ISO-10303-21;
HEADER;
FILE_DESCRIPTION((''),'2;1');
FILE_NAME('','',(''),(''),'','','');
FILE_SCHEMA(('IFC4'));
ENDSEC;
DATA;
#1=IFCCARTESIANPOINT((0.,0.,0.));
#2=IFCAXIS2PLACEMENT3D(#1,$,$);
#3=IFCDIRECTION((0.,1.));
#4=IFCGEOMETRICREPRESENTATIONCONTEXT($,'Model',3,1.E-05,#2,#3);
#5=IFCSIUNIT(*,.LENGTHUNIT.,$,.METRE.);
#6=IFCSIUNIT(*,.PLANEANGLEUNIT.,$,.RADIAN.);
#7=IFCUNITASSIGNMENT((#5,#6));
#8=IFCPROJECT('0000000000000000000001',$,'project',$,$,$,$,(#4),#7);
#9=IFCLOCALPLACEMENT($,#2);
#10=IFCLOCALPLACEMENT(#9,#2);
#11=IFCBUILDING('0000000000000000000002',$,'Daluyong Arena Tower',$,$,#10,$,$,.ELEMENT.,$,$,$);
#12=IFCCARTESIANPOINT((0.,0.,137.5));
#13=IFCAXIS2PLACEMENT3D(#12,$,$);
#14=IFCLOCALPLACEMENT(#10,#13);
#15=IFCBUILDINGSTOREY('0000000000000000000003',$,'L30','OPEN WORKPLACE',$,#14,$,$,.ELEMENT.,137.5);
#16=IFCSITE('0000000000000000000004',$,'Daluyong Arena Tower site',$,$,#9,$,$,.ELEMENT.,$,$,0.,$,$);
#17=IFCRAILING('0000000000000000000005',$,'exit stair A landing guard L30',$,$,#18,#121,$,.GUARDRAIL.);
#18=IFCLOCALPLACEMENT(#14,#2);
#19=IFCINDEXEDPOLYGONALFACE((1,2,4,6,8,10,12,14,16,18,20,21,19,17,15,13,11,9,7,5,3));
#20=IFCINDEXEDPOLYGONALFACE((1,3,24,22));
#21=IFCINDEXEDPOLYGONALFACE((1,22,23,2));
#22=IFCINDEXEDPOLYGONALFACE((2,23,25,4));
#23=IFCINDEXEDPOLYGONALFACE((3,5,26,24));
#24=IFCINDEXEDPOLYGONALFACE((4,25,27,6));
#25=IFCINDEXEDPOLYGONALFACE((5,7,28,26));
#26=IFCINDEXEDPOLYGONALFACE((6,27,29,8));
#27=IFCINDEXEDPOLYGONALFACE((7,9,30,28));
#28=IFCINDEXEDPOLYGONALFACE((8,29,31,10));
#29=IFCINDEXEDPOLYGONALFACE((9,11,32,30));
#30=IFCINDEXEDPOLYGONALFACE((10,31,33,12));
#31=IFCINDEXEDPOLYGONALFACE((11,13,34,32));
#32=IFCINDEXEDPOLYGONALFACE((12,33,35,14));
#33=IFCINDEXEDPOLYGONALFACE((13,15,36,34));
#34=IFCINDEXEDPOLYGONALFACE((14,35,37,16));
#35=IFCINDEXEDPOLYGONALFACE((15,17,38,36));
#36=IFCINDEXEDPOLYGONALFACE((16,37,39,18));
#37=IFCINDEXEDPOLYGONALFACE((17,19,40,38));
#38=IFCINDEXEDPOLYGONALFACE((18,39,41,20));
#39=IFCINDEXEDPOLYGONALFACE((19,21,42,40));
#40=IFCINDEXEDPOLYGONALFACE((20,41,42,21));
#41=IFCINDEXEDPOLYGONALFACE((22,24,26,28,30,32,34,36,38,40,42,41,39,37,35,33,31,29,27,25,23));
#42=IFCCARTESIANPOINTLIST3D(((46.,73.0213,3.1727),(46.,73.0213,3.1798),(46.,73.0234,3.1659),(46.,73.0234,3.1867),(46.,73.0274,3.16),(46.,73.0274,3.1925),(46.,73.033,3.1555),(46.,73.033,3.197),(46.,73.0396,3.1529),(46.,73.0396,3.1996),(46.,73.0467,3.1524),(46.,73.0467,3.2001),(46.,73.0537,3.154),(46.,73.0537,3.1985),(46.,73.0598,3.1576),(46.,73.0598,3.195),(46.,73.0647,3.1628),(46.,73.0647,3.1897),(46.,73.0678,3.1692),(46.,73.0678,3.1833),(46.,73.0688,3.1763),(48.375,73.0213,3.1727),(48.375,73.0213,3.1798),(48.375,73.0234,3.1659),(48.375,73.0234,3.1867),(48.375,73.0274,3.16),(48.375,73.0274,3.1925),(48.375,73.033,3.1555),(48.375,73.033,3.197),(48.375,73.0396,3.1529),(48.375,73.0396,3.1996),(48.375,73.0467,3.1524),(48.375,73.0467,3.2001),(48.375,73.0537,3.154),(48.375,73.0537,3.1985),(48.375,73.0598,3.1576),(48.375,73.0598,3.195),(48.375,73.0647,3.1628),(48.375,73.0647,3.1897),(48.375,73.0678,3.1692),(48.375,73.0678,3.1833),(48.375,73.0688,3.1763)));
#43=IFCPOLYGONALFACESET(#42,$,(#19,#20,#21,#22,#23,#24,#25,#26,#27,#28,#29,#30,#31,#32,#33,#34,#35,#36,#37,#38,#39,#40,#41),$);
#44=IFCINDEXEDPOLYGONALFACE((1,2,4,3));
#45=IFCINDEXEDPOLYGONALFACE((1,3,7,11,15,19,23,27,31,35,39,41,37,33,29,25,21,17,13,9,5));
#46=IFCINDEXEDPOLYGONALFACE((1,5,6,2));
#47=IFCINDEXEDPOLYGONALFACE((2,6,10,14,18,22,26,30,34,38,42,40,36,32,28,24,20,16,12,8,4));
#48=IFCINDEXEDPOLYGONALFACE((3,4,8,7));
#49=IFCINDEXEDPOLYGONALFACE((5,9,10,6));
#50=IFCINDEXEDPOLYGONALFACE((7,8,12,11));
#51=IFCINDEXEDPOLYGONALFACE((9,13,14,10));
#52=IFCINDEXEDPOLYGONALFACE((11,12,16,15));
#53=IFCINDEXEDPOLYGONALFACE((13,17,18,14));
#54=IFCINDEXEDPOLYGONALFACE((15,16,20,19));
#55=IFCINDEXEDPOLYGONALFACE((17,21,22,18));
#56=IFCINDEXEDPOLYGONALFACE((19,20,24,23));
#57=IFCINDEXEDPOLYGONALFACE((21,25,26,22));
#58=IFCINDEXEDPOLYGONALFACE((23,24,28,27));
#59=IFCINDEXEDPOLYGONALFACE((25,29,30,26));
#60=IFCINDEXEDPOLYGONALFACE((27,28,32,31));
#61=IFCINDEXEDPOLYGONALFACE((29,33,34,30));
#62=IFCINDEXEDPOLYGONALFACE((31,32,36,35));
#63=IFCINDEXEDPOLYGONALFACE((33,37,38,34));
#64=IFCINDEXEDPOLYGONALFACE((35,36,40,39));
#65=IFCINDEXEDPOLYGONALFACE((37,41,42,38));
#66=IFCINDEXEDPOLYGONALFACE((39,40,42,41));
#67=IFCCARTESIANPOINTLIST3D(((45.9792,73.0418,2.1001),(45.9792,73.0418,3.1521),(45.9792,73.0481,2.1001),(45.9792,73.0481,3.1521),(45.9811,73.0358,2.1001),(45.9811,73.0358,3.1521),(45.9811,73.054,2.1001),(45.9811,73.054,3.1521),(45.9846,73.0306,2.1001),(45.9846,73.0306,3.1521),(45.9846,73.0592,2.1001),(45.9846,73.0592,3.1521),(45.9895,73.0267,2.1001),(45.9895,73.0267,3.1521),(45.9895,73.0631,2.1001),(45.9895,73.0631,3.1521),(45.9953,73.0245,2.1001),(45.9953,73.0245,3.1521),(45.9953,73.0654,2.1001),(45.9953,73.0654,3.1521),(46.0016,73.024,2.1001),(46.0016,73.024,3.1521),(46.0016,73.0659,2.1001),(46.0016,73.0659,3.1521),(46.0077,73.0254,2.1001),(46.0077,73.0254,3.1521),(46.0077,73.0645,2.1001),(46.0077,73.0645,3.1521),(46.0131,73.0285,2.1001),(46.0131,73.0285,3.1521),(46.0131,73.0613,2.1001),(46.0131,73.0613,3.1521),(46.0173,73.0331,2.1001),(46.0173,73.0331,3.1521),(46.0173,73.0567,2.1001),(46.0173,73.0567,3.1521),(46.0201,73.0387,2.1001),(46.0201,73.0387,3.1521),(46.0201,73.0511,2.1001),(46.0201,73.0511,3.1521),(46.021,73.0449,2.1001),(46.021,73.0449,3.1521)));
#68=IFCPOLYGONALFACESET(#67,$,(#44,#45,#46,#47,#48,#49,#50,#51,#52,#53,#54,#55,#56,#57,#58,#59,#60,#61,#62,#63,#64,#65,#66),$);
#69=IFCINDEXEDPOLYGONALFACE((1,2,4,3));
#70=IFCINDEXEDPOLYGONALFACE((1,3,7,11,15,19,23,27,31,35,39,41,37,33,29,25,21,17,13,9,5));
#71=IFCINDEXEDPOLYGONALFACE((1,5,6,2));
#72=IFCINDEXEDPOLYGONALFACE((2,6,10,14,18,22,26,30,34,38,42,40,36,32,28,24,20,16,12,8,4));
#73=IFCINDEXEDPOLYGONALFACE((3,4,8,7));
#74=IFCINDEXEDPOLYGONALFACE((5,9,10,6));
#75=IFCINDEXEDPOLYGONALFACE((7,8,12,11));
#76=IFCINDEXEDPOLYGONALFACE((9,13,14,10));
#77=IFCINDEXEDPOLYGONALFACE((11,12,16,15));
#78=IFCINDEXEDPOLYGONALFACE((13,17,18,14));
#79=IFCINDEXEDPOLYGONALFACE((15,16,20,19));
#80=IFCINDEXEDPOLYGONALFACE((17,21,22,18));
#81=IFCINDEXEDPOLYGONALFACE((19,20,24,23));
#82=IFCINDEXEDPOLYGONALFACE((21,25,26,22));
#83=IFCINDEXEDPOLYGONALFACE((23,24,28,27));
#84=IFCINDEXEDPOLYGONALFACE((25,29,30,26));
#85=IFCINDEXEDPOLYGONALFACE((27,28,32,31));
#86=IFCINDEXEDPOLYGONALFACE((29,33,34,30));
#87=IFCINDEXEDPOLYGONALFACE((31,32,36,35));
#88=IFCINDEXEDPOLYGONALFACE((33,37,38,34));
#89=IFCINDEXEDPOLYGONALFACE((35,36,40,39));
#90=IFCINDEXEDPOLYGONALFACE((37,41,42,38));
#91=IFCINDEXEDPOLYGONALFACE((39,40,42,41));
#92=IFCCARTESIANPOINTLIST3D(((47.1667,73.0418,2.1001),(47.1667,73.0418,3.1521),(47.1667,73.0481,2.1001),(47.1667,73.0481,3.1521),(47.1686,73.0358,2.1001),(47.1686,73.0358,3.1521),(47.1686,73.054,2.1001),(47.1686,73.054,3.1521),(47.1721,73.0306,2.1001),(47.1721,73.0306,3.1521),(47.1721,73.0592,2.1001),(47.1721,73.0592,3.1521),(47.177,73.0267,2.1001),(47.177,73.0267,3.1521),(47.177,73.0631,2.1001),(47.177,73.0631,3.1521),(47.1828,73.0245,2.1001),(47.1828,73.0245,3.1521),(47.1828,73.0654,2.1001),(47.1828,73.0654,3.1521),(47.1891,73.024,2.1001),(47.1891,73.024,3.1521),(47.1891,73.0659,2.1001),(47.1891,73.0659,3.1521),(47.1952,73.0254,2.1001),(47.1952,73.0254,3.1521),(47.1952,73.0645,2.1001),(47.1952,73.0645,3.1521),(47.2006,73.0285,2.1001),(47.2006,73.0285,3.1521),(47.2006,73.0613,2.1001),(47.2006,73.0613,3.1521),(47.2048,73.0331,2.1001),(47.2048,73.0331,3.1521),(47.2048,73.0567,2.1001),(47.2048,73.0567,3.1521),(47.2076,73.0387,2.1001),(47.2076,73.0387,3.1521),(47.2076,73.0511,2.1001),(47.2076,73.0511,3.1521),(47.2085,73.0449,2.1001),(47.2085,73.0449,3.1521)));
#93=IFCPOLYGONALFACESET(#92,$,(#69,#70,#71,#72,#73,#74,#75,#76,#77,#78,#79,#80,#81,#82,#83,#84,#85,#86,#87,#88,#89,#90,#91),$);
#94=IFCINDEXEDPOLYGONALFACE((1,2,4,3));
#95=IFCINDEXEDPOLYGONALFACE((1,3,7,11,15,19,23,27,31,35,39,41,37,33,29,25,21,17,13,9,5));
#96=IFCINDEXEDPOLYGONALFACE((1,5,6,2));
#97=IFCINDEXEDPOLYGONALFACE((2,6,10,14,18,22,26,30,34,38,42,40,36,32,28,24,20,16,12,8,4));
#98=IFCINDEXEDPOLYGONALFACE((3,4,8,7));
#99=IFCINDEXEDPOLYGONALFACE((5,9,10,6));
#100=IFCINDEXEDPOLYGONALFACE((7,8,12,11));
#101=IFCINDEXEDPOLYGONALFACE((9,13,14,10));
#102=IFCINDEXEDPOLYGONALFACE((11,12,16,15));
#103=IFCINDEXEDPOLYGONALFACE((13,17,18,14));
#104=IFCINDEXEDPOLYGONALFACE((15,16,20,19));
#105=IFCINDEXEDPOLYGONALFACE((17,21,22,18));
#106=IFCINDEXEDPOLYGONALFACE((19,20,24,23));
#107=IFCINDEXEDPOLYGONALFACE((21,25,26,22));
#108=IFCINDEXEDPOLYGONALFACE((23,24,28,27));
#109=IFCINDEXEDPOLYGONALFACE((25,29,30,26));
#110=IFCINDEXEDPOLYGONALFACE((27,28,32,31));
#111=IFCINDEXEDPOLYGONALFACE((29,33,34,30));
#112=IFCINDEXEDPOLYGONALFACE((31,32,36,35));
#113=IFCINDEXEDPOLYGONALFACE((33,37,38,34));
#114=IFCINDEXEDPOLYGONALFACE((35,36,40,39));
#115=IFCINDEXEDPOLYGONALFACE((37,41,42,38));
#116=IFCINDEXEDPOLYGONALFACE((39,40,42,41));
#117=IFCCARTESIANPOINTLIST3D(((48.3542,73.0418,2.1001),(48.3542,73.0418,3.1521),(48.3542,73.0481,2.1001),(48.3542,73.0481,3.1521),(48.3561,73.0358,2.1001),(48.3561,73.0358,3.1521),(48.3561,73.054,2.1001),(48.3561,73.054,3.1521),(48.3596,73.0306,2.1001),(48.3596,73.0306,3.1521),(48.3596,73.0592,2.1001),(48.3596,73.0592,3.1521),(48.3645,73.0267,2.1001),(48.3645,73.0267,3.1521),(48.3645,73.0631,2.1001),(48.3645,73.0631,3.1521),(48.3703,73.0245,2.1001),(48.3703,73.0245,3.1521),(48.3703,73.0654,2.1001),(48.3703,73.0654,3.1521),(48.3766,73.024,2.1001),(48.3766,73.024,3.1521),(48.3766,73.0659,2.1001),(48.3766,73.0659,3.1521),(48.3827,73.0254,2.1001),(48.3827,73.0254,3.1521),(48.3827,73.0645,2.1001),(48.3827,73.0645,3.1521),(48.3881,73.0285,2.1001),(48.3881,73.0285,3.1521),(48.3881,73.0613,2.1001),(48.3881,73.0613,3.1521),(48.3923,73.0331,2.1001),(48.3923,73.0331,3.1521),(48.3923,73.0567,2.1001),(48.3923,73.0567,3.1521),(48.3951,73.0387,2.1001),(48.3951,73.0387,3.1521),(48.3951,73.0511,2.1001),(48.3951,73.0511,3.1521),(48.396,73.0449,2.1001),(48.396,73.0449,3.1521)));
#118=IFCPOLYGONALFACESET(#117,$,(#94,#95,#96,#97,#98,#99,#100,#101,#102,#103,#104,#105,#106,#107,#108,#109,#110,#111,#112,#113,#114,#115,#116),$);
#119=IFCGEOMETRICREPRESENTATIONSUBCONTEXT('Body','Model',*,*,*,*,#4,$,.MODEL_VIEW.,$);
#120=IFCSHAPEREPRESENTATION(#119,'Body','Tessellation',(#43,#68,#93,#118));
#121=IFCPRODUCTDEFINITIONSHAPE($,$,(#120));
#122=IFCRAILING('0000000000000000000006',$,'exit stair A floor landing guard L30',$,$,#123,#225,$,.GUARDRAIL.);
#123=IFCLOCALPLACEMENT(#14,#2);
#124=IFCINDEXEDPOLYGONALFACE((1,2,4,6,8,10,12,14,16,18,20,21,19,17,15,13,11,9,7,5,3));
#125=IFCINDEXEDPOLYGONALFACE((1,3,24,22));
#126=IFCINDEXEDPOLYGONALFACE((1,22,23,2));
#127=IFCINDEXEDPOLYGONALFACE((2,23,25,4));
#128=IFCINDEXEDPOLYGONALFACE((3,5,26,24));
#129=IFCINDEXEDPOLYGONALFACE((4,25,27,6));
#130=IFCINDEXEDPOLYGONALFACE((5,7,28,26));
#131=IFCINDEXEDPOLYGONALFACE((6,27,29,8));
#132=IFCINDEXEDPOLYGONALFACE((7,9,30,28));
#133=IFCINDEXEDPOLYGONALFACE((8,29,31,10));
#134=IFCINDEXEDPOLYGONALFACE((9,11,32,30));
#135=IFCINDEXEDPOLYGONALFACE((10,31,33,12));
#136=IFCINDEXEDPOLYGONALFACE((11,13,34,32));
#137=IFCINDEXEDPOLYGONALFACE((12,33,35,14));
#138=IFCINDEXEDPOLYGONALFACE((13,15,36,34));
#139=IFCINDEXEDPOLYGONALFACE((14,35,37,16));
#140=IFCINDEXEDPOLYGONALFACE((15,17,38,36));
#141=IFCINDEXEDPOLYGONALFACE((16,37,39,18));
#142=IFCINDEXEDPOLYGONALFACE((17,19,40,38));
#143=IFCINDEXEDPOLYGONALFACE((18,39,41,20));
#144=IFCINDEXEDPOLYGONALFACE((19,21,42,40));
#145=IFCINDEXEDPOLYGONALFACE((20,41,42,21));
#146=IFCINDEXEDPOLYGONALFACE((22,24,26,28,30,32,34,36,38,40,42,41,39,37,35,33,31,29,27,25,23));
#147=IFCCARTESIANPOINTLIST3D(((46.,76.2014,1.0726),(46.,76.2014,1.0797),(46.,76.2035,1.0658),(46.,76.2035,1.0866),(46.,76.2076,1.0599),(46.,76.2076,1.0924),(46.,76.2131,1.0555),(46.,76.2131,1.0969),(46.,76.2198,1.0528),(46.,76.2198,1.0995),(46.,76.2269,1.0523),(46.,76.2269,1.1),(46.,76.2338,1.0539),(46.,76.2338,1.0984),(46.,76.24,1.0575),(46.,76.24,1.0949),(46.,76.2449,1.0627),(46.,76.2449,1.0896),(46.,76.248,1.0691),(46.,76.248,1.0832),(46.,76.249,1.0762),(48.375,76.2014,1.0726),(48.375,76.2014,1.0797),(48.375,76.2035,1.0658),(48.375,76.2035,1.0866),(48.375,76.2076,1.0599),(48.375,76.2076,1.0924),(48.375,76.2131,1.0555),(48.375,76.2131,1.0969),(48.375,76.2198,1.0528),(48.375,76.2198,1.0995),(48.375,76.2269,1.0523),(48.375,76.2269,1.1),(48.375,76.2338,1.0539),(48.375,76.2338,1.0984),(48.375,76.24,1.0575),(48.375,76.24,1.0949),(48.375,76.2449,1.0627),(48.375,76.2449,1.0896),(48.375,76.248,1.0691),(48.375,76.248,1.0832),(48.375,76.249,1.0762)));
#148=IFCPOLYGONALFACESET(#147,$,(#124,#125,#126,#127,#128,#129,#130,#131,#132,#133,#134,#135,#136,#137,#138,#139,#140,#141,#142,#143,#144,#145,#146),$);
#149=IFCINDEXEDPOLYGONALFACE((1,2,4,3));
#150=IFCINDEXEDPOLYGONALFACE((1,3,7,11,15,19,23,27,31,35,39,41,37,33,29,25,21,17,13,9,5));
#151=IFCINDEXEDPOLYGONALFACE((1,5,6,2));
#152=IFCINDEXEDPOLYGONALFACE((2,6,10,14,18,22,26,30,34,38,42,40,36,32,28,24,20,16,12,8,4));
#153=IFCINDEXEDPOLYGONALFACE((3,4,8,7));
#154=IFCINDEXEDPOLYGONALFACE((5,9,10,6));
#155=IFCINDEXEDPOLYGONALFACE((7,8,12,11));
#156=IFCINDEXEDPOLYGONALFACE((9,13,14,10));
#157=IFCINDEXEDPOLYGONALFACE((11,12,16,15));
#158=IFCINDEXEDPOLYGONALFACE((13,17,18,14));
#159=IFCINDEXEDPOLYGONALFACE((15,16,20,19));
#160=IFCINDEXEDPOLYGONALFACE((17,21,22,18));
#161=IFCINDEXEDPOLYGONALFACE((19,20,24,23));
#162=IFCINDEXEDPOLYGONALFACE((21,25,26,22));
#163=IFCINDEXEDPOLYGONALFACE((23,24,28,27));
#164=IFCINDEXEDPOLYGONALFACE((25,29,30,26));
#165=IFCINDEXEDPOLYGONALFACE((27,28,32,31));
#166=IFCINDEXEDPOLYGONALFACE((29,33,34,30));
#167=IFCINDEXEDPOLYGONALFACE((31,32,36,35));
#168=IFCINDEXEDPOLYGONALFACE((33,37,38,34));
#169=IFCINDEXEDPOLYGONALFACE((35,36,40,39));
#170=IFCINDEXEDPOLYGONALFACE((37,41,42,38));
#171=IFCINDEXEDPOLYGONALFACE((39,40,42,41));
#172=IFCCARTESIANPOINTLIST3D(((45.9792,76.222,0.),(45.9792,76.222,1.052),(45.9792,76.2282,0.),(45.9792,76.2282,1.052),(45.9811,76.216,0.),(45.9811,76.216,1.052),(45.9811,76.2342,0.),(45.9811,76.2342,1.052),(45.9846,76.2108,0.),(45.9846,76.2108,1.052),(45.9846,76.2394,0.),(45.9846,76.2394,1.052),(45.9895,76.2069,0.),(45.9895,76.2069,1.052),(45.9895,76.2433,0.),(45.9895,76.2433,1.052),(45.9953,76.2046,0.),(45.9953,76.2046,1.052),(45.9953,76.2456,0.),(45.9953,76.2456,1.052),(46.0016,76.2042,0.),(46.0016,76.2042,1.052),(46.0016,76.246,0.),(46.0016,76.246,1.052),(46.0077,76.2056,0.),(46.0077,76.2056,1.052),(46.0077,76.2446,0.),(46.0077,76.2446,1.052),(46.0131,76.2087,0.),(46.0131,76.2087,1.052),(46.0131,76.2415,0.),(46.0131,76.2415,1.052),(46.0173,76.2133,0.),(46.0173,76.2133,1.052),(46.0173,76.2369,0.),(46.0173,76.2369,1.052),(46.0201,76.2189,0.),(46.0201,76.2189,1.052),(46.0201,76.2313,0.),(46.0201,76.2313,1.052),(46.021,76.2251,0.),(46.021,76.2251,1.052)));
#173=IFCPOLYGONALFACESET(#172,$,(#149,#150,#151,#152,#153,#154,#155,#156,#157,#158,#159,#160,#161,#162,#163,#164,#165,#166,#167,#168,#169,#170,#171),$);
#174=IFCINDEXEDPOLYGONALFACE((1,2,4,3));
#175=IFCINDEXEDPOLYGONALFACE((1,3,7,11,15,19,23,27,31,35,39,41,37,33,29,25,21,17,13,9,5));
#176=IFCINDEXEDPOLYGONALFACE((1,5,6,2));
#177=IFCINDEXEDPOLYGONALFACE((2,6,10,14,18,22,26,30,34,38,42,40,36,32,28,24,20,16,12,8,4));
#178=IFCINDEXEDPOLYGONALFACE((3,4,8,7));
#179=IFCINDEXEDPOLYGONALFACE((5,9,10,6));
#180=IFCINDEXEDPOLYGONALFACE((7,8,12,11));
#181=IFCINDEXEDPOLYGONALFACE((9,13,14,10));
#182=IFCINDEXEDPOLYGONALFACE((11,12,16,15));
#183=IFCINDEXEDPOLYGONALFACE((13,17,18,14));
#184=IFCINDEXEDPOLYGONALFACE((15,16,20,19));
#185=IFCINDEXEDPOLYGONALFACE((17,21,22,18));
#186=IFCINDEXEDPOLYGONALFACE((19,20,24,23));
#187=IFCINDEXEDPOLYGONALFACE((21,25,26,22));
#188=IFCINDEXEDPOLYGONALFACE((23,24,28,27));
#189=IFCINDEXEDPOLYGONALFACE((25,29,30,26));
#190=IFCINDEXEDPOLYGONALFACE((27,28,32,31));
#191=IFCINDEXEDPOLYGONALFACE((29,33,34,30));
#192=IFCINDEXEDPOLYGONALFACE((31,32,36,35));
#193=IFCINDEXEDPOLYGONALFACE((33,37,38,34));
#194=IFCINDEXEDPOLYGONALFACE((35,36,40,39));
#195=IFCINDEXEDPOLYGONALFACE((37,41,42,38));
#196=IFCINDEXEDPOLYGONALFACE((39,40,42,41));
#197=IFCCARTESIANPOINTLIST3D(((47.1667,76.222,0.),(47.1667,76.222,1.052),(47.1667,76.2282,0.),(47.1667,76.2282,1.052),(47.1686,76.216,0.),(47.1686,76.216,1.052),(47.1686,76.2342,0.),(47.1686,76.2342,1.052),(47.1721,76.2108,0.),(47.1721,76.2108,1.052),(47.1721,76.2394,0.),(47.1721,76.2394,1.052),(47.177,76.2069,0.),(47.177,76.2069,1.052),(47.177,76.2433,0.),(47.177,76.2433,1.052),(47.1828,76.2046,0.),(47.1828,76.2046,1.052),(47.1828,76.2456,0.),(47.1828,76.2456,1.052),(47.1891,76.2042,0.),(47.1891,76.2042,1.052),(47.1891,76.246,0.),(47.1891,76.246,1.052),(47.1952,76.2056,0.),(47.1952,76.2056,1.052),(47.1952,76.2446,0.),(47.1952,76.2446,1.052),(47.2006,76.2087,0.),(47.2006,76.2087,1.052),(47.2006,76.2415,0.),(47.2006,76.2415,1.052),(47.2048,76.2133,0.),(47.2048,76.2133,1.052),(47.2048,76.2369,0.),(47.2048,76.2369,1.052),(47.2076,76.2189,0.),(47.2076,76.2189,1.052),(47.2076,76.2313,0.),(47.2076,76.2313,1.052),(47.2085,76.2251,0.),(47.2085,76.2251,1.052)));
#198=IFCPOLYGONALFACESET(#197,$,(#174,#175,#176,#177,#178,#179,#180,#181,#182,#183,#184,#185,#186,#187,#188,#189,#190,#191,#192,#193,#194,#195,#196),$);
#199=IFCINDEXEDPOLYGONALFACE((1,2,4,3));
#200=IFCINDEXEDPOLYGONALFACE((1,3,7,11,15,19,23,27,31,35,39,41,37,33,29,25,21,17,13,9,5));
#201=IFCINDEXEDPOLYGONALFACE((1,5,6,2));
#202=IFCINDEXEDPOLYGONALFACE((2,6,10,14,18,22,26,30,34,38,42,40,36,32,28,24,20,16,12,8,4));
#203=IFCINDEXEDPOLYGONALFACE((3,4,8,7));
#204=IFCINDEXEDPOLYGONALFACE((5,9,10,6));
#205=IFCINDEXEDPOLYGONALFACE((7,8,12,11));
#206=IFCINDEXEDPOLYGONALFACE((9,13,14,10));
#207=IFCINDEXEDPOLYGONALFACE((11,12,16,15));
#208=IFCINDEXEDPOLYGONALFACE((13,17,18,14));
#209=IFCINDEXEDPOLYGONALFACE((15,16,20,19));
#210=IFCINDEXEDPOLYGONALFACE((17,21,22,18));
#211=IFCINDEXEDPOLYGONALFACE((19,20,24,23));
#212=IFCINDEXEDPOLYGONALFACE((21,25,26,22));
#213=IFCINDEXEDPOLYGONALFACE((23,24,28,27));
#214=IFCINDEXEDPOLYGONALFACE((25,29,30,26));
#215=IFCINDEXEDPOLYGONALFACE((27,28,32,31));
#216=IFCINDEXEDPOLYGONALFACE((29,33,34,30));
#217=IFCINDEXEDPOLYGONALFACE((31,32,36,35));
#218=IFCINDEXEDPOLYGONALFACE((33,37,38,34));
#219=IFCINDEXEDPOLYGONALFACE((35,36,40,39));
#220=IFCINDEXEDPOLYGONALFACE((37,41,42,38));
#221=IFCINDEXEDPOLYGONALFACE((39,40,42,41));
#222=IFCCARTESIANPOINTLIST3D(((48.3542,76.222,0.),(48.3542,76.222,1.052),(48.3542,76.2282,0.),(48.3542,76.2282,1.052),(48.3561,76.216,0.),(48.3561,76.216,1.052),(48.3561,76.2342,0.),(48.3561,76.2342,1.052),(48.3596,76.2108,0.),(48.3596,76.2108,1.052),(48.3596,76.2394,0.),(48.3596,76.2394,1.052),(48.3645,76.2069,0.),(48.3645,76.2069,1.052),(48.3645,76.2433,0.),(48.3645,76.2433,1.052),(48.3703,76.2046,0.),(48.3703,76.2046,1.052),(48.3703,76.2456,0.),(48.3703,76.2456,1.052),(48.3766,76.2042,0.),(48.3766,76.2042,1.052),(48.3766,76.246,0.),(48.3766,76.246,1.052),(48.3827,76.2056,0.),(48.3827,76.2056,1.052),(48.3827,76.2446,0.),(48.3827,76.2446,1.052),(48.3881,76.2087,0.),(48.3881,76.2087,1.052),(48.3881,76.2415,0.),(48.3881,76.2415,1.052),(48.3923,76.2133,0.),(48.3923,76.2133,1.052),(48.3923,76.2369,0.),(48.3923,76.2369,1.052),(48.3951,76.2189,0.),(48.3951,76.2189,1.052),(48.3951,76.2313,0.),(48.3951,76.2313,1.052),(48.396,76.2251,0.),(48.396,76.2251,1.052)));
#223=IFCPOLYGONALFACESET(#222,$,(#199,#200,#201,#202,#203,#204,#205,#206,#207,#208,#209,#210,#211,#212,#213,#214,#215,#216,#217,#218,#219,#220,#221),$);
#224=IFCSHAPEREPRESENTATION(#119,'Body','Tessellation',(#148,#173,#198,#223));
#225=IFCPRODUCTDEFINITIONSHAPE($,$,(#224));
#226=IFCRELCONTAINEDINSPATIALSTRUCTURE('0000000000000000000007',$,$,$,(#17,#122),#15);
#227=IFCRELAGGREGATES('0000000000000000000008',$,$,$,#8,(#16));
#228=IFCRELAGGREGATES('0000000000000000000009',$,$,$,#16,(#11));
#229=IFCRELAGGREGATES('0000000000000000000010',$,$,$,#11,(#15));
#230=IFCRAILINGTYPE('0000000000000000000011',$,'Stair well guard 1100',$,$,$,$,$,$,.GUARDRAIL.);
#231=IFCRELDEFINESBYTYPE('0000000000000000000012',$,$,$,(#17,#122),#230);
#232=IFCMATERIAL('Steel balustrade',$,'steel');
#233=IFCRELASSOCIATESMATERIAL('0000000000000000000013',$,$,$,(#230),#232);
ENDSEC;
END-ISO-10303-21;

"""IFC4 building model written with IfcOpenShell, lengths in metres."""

from ifc_helpers import new_model, si_unit, direction, frame, origin, origin_2d, place, context, subcontext, project, spatial, circle, extrude, material, type_object, element, save


model = new_model("IFC4")

# Units and contexts
model_context = context("Model", 3, precision=1e-05, world=origin(), true_north=direction((0.0, 1.0)))
body_context = subcontext(model_context, "Body", "Model", "MODEL_VIEW")
ifc_project = project(units=[si_unit("LENGTHUNIT", "METRE"), si_unit("PLANEANGLEUNIT", "RADIAN")], contexts=[model_context])

# Site, building, storey
site_placement = place(None, origin())
site = spatial("IfcSite", under=ifc_project, at=site_placement, Name="Daluyong Arena Tower site", CompositionType="ELEMENT", RefElevation=0.0)
building_placement = place(site_placement, origin())
building = spatial("IfcBuilding", under=site, at=building_placement, Name="Daluyong Arena Tower", CompositionType="ELEMENT")
storey_placement = place(building_placement, frame((0.0, 0.0, 137.5)))
storey = spatial("IfcBuildingStorey", under=building, at=storey_placement, Name="L30", Description="OPEN WORKPLACE", CompositionType="ELEMENT", Elevation=137.5)

# Railings
ifc_material_1 = material(Name="Steel balustrade", Category="steel")
railing_type_1 = type_object("IfcRailingType", Name="Stair well guard 1100", PredefinedType="GUARDRAIL", material=ifc_material_1)
for number, where, name in (
    (1, (46.0, 73.0449, 2.1001), "exit stair A landing guard L30"),
    (2, (46.0, 76.2251, 0.0), "exit stair A floor landing guard L30"),
):
    element("IfcRailing", number, at=place(storey_placement, frame(where)), inside=storey, type_object=railing_type_1, Name=name, PredefinedType="GUARDRAIL", context=body_context, shape_type="SweptSolid", body=[
        extrude(circle(Radius=0.0239, at=origin_2d()), frame((0.0, 0.0, 1.0762), z_axis=(1.0, 0.0, 0.0), x_axis=(0.0, 1.0, 0.0)), (0.0, 0.0, 1.0), 2.375),
        extrude(circle(Radius=0.021, at=origin_2d()), origin(), (0.0, 0.0, 1.0), 1.052),
        extrude(circle(Radius=0.021, at=origin_2d()), frame((1.1875, 0.0, 0.0)), (0.0, 0.0, 1.0), 1.052),
        extrude(circle(Radius=0.021, at=origin_2d()), frame((2.375, 0.0, 0.0)), (0.0, 0.0, 1.0), 1.052),
    ])

save(model, "model.ifc")
